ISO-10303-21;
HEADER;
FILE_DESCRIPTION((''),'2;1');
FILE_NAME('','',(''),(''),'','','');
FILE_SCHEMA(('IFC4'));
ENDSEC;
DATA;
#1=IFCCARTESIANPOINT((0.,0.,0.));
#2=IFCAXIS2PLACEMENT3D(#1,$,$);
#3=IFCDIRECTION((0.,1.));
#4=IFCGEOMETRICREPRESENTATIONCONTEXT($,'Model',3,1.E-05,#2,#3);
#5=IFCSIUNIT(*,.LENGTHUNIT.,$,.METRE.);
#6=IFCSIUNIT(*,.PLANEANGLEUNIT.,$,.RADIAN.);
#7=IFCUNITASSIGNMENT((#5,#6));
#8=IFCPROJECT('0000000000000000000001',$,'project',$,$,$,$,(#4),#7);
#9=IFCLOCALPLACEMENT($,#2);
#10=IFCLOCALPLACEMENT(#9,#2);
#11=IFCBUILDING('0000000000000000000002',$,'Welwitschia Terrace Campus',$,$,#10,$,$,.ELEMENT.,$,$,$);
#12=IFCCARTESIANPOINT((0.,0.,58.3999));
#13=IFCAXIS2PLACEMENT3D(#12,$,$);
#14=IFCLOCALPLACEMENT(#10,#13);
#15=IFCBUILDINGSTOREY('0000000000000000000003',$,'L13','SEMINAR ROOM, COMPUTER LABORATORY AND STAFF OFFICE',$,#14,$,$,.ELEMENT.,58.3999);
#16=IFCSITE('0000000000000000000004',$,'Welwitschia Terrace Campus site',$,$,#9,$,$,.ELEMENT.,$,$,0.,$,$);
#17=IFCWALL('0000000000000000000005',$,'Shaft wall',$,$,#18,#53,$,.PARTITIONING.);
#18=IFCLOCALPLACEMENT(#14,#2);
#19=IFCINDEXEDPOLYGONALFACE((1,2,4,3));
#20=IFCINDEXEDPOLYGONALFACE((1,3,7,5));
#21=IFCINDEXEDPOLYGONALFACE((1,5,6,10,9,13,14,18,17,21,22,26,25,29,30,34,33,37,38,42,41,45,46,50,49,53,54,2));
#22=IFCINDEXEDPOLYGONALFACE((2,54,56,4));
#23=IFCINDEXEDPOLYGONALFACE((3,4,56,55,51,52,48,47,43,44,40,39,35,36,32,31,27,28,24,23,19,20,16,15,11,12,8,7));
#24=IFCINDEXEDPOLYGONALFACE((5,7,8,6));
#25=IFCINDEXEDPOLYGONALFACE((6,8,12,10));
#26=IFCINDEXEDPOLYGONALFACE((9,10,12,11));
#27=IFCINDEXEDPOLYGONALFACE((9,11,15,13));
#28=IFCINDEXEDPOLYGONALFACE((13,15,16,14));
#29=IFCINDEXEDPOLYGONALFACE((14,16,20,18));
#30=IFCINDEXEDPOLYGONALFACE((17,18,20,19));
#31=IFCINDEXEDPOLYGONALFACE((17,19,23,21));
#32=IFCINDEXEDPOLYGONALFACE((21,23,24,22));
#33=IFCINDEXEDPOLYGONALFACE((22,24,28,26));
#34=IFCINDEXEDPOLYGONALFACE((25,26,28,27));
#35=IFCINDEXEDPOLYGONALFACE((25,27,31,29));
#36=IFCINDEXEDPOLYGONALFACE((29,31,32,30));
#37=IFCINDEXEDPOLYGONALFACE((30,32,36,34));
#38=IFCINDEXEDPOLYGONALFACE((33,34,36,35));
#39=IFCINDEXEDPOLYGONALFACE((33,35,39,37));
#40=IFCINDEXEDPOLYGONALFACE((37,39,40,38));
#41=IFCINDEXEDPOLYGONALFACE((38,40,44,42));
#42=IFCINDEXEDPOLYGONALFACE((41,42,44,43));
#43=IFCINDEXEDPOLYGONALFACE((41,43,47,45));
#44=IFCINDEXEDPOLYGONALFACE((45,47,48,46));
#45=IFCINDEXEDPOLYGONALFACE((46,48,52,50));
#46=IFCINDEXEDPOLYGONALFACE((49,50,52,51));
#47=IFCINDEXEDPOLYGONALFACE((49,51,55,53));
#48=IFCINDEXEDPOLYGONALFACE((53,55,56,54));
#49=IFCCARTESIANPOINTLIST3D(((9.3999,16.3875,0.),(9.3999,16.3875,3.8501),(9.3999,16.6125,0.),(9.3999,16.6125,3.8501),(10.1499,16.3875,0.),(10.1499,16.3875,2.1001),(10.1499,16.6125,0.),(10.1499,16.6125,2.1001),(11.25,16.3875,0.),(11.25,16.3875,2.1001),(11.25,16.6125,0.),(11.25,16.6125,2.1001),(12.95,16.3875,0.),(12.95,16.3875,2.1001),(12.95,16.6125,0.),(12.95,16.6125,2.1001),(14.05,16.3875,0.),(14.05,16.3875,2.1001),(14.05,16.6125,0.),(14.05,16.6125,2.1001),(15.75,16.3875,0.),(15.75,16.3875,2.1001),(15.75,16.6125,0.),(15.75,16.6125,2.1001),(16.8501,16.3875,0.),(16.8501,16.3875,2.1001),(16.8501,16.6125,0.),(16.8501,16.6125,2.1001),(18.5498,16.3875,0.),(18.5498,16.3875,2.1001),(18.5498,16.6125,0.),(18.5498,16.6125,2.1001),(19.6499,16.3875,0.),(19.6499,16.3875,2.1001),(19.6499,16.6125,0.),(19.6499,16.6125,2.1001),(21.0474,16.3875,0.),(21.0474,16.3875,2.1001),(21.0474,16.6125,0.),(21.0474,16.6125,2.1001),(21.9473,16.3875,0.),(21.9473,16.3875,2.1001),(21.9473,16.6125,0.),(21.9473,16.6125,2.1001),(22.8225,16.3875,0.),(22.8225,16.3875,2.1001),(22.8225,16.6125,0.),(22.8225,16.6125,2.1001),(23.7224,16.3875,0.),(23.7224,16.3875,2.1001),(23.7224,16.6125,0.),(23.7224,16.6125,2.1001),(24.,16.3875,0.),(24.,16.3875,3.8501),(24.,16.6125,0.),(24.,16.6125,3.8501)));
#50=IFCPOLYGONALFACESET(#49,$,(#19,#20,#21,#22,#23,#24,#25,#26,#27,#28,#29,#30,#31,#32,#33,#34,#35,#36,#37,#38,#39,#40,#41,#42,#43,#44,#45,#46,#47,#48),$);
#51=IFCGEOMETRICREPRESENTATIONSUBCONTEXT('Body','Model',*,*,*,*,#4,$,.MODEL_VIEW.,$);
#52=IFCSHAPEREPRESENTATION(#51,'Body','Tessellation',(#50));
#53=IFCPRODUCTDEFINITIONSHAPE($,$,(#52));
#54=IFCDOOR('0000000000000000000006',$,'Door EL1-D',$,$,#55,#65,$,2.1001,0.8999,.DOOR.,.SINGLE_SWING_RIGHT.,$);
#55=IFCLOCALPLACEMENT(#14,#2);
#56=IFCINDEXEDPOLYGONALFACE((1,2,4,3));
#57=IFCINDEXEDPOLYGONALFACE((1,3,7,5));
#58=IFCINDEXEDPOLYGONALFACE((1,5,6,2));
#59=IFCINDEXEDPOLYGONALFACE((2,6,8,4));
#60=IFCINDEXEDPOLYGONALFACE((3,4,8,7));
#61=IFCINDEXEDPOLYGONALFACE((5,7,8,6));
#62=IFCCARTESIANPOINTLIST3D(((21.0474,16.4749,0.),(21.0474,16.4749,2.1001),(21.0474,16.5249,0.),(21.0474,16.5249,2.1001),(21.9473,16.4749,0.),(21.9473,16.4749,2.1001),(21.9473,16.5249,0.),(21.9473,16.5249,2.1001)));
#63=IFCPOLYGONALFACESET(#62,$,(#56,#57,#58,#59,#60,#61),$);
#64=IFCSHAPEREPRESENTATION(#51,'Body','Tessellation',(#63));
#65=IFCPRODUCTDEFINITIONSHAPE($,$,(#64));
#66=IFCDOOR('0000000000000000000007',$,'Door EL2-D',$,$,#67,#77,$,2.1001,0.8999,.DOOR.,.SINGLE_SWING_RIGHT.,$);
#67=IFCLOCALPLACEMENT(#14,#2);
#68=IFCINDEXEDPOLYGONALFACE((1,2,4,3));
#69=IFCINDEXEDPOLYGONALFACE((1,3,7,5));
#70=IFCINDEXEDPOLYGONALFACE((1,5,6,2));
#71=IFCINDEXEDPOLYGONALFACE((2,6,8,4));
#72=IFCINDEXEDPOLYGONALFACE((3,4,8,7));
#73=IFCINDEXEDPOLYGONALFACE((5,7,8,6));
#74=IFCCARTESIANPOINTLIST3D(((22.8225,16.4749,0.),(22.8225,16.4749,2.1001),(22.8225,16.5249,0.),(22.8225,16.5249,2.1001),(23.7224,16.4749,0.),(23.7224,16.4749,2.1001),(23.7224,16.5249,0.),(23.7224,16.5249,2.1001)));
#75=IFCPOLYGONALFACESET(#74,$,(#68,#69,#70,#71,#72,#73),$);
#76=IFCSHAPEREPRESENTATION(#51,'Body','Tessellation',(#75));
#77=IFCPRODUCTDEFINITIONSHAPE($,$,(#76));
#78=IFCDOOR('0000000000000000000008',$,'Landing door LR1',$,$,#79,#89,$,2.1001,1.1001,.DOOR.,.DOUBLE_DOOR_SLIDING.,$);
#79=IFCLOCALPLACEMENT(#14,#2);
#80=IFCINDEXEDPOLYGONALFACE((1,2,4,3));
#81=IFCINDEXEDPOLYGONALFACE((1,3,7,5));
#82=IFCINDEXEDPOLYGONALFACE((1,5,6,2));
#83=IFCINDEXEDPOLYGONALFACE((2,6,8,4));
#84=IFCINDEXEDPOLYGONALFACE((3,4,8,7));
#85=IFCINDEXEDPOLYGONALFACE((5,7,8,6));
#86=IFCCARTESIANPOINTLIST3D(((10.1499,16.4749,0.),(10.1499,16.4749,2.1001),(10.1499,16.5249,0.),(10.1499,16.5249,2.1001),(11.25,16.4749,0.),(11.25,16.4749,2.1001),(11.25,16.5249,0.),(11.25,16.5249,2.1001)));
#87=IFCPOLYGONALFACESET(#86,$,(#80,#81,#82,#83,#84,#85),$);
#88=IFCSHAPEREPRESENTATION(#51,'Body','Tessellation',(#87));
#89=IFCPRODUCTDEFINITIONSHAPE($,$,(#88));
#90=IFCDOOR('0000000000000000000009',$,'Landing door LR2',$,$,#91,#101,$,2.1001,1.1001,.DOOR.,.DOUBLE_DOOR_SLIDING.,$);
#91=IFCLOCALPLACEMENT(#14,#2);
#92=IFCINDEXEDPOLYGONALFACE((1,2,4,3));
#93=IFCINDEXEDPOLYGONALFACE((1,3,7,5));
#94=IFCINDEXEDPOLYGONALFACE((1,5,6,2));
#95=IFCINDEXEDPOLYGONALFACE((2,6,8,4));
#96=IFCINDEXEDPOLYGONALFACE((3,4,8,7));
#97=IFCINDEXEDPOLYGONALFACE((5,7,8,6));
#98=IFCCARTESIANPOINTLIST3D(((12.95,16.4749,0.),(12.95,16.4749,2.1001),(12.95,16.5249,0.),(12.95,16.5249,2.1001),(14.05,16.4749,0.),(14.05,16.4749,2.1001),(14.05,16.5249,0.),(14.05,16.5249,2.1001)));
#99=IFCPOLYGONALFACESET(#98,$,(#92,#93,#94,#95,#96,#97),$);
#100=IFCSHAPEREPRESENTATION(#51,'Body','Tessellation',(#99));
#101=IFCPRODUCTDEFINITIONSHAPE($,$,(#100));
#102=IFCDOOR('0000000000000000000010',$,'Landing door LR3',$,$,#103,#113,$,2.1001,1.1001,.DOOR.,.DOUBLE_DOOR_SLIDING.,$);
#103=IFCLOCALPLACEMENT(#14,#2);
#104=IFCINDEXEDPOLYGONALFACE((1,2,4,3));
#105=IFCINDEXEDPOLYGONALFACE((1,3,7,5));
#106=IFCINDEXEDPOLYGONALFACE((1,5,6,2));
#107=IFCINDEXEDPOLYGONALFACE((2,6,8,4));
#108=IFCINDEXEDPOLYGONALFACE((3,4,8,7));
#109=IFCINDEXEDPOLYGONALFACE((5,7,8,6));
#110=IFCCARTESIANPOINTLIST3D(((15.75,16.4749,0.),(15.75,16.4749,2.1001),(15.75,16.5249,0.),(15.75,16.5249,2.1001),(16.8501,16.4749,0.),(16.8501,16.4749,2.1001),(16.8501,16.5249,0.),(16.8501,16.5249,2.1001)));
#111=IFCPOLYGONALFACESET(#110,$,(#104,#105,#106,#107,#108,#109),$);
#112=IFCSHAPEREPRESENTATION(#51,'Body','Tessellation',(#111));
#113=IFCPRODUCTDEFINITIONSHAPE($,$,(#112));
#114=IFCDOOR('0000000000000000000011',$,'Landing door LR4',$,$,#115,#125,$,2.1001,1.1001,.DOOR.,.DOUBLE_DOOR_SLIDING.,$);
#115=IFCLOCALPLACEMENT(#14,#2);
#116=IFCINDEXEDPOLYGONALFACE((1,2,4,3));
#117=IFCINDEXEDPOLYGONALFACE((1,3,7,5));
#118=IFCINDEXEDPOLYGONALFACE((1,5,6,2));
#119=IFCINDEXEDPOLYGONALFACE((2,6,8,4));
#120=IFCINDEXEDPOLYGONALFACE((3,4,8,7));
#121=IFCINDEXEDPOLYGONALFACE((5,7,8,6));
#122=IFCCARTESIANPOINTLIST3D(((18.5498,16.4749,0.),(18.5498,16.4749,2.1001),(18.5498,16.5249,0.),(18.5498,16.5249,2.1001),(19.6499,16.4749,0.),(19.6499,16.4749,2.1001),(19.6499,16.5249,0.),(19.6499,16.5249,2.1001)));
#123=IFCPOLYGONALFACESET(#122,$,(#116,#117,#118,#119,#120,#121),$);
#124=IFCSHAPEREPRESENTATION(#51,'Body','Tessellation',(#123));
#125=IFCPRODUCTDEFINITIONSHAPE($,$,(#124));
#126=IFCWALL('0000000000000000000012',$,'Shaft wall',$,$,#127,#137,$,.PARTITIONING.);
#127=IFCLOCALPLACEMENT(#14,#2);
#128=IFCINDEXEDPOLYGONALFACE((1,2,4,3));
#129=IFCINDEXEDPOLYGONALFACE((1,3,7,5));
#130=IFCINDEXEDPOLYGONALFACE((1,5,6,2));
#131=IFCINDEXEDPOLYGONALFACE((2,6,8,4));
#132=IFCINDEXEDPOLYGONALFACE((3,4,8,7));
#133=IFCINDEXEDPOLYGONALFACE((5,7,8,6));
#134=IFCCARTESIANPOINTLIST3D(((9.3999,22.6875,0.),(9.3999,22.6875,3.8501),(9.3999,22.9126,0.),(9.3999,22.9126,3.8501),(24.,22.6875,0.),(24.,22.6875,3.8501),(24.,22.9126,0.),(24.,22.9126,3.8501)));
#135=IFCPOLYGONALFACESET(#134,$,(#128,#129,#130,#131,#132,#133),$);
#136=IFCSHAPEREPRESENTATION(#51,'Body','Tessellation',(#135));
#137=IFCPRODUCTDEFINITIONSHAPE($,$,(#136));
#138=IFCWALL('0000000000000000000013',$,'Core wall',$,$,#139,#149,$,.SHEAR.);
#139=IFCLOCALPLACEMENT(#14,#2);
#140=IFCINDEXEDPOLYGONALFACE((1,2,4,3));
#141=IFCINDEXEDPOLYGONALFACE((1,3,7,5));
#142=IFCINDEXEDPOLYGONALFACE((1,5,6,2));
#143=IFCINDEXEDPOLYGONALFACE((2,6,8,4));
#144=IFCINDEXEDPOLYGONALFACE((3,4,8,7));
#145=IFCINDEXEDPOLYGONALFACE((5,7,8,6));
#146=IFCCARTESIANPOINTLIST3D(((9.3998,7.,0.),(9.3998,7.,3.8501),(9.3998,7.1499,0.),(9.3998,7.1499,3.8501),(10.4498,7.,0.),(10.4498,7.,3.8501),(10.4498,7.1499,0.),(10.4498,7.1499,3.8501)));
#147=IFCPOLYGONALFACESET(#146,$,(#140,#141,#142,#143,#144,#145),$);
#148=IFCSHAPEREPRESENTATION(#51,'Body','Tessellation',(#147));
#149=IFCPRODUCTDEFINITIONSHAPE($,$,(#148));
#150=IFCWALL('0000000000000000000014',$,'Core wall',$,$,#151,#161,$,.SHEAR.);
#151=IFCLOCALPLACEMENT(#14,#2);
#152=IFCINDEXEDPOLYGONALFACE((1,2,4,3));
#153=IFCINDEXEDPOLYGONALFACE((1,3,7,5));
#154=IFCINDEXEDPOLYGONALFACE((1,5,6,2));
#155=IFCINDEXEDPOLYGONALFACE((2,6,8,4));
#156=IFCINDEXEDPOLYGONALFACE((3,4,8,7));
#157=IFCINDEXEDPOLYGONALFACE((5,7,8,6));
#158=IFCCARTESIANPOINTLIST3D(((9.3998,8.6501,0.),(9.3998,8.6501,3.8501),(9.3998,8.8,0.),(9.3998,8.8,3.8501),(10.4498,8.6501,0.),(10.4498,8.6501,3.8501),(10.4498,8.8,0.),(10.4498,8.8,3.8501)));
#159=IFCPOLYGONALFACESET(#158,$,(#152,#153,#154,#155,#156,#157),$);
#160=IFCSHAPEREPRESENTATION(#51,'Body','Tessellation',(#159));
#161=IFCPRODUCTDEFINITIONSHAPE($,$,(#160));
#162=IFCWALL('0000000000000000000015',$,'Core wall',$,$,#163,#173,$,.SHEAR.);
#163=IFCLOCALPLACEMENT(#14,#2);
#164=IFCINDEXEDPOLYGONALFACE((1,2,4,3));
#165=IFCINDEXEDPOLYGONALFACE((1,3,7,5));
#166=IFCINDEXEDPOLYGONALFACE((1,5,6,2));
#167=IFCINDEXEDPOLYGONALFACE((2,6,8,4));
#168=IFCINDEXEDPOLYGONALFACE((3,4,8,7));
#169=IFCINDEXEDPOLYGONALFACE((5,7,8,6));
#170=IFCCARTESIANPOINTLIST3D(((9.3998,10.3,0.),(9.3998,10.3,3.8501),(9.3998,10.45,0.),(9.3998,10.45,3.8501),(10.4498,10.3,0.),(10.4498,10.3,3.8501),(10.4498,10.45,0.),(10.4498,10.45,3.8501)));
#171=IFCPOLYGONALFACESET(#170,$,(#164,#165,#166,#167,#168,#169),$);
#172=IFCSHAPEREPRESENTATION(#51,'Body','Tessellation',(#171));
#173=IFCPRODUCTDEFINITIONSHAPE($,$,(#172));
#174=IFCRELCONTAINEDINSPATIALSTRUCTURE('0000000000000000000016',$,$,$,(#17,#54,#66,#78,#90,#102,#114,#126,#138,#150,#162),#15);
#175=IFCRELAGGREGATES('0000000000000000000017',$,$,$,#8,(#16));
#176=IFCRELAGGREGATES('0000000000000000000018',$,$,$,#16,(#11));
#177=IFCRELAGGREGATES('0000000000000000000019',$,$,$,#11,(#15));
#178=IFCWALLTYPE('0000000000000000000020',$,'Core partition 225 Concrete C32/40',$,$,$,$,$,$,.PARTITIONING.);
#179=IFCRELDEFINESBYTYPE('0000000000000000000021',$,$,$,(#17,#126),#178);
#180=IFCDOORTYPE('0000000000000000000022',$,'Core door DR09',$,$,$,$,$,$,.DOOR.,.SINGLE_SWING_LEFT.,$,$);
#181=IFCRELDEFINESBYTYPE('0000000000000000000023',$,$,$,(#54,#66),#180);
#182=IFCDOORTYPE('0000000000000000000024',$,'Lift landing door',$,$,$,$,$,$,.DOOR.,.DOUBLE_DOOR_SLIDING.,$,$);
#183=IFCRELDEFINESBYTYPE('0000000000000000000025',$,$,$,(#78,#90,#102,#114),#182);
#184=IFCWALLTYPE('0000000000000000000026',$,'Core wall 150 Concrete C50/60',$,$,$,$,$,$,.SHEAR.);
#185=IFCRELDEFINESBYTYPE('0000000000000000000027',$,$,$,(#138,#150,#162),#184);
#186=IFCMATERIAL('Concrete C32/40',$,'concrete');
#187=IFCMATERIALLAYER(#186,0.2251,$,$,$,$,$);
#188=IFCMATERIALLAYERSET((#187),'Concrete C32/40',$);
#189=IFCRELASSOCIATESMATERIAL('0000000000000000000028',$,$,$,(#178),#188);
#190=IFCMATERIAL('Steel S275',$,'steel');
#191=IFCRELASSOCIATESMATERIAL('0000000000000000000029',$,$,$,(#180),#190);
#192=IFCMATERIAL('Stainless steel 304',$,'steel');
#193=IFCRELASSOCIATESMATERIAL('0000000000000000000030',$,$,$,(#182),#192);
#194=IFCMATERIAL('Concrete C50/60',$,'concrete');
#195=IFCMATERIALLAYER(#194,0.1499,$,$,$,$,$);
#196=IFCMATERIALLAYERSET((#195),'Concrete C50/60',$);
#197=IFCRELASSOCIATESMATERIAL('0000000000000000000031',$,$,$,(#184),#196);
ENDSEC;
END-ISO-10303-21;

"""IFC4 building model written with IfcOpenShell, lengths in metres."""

from ifc_helpers import new_model, si_unit, direction, frame, frame_2d, origin, place, context, subcontext, project, spatial, rectangle, extrude, material, layer, layer_set, type_object, element, fill, save


model = new_model("IFC4")

# Units and contexts
model_context = context("Model", 3, precision=1e-05, world=origin(), true_north=direction((0.0, 1.0)))
body_context = subcontext(model_context, "Body", "Model", "MODEL_VIEW")
ifc_project = project(units=[si_unit("LENGTHUNIT", "METRE"), si_unit("PLANEANGLEUNIT", "RADIAN")], contexts=[model_context])

# Site, building, storey
site_placement = place(None, origin())
site = spatial("IfcSite", under=ifc_project, at=site_placement, Name="Welwitschia Terrace Campus site", CompositionType="ELEMENT", RefElevation=0.0)
building_placement = place(site_placement, origin())
building = spatial("IfcBuilding", under=site, at=building_placement, Name="Welwitschia Terrace Campus", CompositionType="ELEMENT")
storey_placement = place(building_placement, frame((0.0, 0.0, 58.3999)))
storey = spatial("IfcBuildingStorey", under=building, at=storey_placement, Name="L13", Description="SEMINAR ROOM, COMPUTER LABORATORY AND STAFF OFFICE", CompositionType="ELEMENT", Elevation=58.3999)

# Shared definitions
ifc_material_1 = material(Name="Concrete C32/40", Category="concrete")
ifc_layer_1 = layer(ifc_material_1, 0.2251)
ifc_layer_set_1 = layer_set([ifc_layer_1], Name="Concrete C32/40")
wall_type_1 = type_object("IfcWallType", Name="Core partition 225 Concrete C32/40", PredefinedType="PARTITIONING", material=ifc_layer_set_1)

# Wall, openings, doors
wall_1_placement = place(storey_placement, frame((9.3999, 16.5, 0.0), z_axis=(0.0, 0.0, 1.0), x_axis=(1.0, 0.0, 0.0)))
wall_1 = element("IfcWall", 1, at=wall_1_placement, inside=storey, type_object=wall_type_1, Name="Shaft wall", PredefinedType="PARTITIONING", context=body_context, shape_type="SweptSolid", body=[
    extrude(rectangle(XDim=14.6001, YDim=0.2251, at=frame_2d((7.3, 0.0))), origin(), (0.0, 0.0, 1.0), 3.8501),
])
opening_1_placement = place(wall_1_placement, frame((0.75, 0.0, 0.0)))
opening_1 = element("IfcOpeningElement", 2, at=opening_1_placement, cuts=wall_1, PredefinedType="OPENING", context=body_context, shape_type="SweptSolid", body=[
    extrude(rectangle(XDim=1.1001, YDim=2.1001, at=frame_2d((0.55, 1.05))), frame((0.0, 0.1226, 0.0), z_axis=(0.0, -1.0, 0.0), x_axis=(1.0, 0.0, 0.0)), (0.0, 0.0, 1.0), 0.2451),
])
opening_2_placement = place(wall_1_placement, frame((3.55, 0.0, 0.0)))
opening_2 = element("IfcOpeningElement", 3, at=opening_2_placement, cuts=wall_1, PredefinedType="OPENING", context=body_context, shape_type="SweptSolid", body=[
    extrude(rectangle(XDim=1.1001, YDim=2.1001, at=frame_2d((0.55, 1.05))), frame((0.0, 0.1226, 0.0), z_axis=(0.0, -1.0, 0.0), x_axis=(1.0, 0.0, 0.0)), (0.0, 0.0, 1.0), 0.2451),
])
opening_3_placement = place(wall_1_placement, frame((6.3501, 0.0, 0.0)))
opening_3 = element("IfcOpeningElement", 4, at=opening_3_placement, cuts=wall_1, PredefinedType="OPENING", context=body_context, shape_type="SweptSolid", body=[
    extrude(rectangle(XDim=1.1001, YDim=2.1001, at=frame_2d((0.55, 1.05))), frame((0.0, 0.1226, 0.0), z_axis=(0.0, -1.0, 0.0), x_axis=(1.0, 0.0, 0.0)), (0.0, 0.0, 1.0), 0.2451),
])
opening_4_placement = place(wall_1_placement, frame((9.1499, 0.0, 0.0)))
opening_4 = element("IfcOpeningElement", 5, at=opening_4_placement, cuts=wall_1, PredefinedType="OPENING", context=body_context, shape_type="SweptSolid", body=[
    extrude(rectangle(XDim=1.1001, YDim=2.1001, at=frame_2d((0.55, 1.05))), frame((0.0, 0.1226, 0.0), z_axis=(0.0, -1.0, 0.0), x_axis=(1.0, 0.0, 0.0)), (0.0, 0.0, 1.0), 0.2451),
])
opening_5_placement = place(wall_1_placement, frame((11.6475, 0.0, 0.0)))
opening_5 = element("IfcOpeningElement", 6, at=opening_5_placement, cuts=wall_1, PredefinedType="OPENING", context=body_context, shape_type="SweptSolid", body=[
    extrude(rectangle(XDim=0.8999, YDim=2.1001, at=frame_2d((0.45, 1.05))), frame((0.0, 0.1226, 0.0), z_axis=(0.0, -1.0, 0.0), x_axis=(1.0, 0.0, 0.0)), (0.0, 0.0, 1.0), 0.2451),
])
opening_6_placement = place(wall_1_placement, frame((13.4226, 0.0, 0.0)))
opening_6 = element("IfcOpeningElement", 7, at=opening_6_placement, cuts=wall_1, PredefinedType="OPENING", context=body_context, shape_type="SweptSolid", body=[
    extrude(rectangle(XDim=0.8999, YDim=2.1001, at=frame_2d((0.45, 1.05))), frame((0.0, 0.1226, 0.0), z_axis=(0.0, -1.0, 0.0), x_axis=(1.0, 0.0, 0.0)), (0.0, 0.0, 1.0), 0.2451),
])
ifc_material_2 = material(Name="Steel S275", Category="steel")
door_type_1 = type_object("IfcDoorType", Name="Core door DR09", OperationType="SINGLE_SWING_LEFT", PredefinedType="DOOR", material=ifc_material_2)
door_1_placement = place(opening_5_placement, origin())
door_1 = element("IfcDoor", 8, at=door_1_placement, inside=storey, type_object=door_type_1, Name="Door EL1-D", OperationType="SINGLE_SWING_RIGHT", OverallHeight=2.1001, OverallWidth=0.8999, PredefinedType="DOOR", context=body_context, shape_type="SweptSolid", body=[
    extrude(rectangle(XDim=0.8999, YDim=2.1001, at=frame_2d((0.45, 1.05))), frame((0.0, 0.0249, 0.0), z_axis=(0.0, -1.0, 0.0), x_axis=(1.0, 0.0, 0.0)), (0.0, 0.0, 1.0), 0.05),
])
fill(opening_5, door_1)
door_2_placement = place(opening_6_placement, origin())
door_2 = element("IfcDoor", 9, at=door_2_placement, inside=storey, type_object=door_type_1, Name="Door EL2-D", OperationType="SINGLE_SWING_RIGHT", OverallHeight=2.1001, OverallWidth=0.8999, PredefinedType="DOOR", context=body_context, shape_type="SweptSolid", body=[
    extrude(rectangle(XDim=0.8999, YDim=2.1001, at=frame_2d((0.45, 1.05))), frame((0.0, 0.0249, 0.0), z_axis=(0.0, -1.0, 0.0), x_axis=(1.0, 0.0, 0.0)), (0.0, 0.0, 1.0), 0.05),
])
fill(opening_6, door_2)
ifc_material_3 = material(Name="Stainless steel 304", Category="steel")
door_type_2 = type_object("IfcDoorType", Name="Lift landing door", OperationType="DOUBLE_DOOR_SLIDING", PredefinedType="DOOR", material=ifc_material_3)
door_3_placement = place(opening_1_placement, origin())
door_3 = element("IfcDoor", 10, at=door_3_placement, inside=storey, type_object=door_type_2, Name="Landing door LR1", OperationType="DOUBLE_DOOR_SLIDING", OverallHeight=2.1001, OverallWidth=1.1001, PredefinedType="DOOR", context=body_context, shape_type="SweptSolid", body=[
    extrude(rectangle(XDim=1.1001, YDim=2.1001, at=frame_2d((0.55, 1.05))), frame((0.0, 0.0249, 0.0), z_axis=(0.0, -1.0, 0.0), x_axis=(1.0, 0.0, 0.0)), (0.0, 0.0, 1.0), 0.05),
])
fill(opening_1, door_3)
door_4_placement = place(opening_2_placement, origin())
door_4 = element("IfcDoor", 11, at=door_4_placement, inside=storey, type_object=door_type_2, Name="Landing door LR2", OperationType="DOUBLE_DOOR_SLIDING", OverallHeight=2.1001, OverallWidth=1.1001, PredefinedType="DOOR", context=body_context, shape_type="SweptSolid", body=[
    extrude(rectangle(XDim=1.1001, YDim=2.1001, at=frame_2d((0.55, 1.05))), frame((0.0, 0.0249, 0.0), z_axis=(0.0, -1.0, 0.0), x_axis=(1.0, 0.0, 0.0)), (0.0, 0.0, 1.0), 0.05),
])
fill(opening_2, door_4)
door_5_placement = place(opening_3_placement, origin())
door_5 = element("IfcDoor", 12, at=door_5_placement, inside=storey, type_object=door_type_2, Name="Landing door LR3", OperationType="DOUBLE_DOOR_SLIDING", OverallHeight=2.1001, OverallWidth=1.1001, PredefinedType="DOOR", context=body_context, shape_type="SweptSolid", body=[
    extrude(rectangle(XDim=1.1001, YDim=2.1001, at=frame_2d((0.55, 1.05))), frame((0.0, 0.0249, 0.0), z_axis=(0.0, -1.0, 0.0), x_axis=(1.0, 0.0, 0.0)), (0.0, 0.0, 1.0), 0.05),
])
fill(opening_3, door_5)
door_6_placement = place(opening_4_placement, origin())
door_6 = element("IfcDoor", 13, at=door_6_placement, inside=storey, type_object=door_type_2, Name="Landing door LR4", OperationType="DOUBLE_DOOR_SLIDING", OverallHeight=2.1001, OverallWidth=1.1001, PredefinedType="DOOR", context=body_context, shape_type="SweptSolid", body=[
    extrude(rectangle(XDim=1.1001, YDim=2.1001, at=frame_2d((0.55, 1.05))), frame((0.0, 0.0249, 0.0), z_axis=(0.0, -1.0, 0.0), x_axis=(1.0, 0.0, 0.0)), (0.0, 0.0, 1.0), 0.05),
])
fill(opening_4, door_6)

# Walls
wall_2_placement = place(storey_placement, frame((9.3999, 22.8, 0.0), z_axis=(0.0, 0.0, 1.0), x_axis=(1.0, 0.0, 0.0)))
element("IfcWall", 14, at=wall_2_placement, inside=storey, type_object=wall_type_1, Name="Shaft wall", PredefinedType="PARTITIONING", context=body_context, shape_type="SweptSolid", body=[
    extrude(rectangle(XDim=14.6001, YDim=0.2251, at=frame_2d((7.3, 0.0))), origin(), (0.0, 0.0, 1.0), 3.8501),
])
ifc_material_4 = material(Name="Concrete C50/60", Category="concrete")
ifc_layer_2 = layer(ifc_material_4, 0.1499)
ifc_layer_set_2 = layer_set([ifc_layer_2], Name="Concrete C50/60")
wall_type_2 = type_object("IfcWallType", Name="Core wall 150 Concrete C50/60", PredefinedType="SHEAR", material=ifc_layer_set_2)
for number, where, z_axis, x_axis, name in (
    (15, (9.3999, 7.075, 0.0), (0.0, 0.0, 1.0), (1.0, 0.0, 0.0), "Core wall"),
    (16, (9.3999, 8.7251, 0.0), (0.0, 0.0, 1.0), (1.0, 0.0, 0.0), "Core wall"),
    (17, (9.3999, 10.375, 0.0), (0.0, 0.0, 1.0), (1.0, 0.0, 0.0), "Core wall"),
):
    element("IfcWall", number, at=place(storey_placement, frame(where, z_axis=z_axis, x_axis=x_axis)), inside=storey, type_object=wall_type_2, Name=name, PredefinedType="SHEAR", context=body_context, shape_type="SweptSolid", body=[
        extrude(rectangle(XDim=1.05, YDim=0.1499, at=frame_2d((0.5249, 0.0))), origin(), (0.0, 0.0, 1.0), 3.8501),
    ])

save(model, "model.ifc")
